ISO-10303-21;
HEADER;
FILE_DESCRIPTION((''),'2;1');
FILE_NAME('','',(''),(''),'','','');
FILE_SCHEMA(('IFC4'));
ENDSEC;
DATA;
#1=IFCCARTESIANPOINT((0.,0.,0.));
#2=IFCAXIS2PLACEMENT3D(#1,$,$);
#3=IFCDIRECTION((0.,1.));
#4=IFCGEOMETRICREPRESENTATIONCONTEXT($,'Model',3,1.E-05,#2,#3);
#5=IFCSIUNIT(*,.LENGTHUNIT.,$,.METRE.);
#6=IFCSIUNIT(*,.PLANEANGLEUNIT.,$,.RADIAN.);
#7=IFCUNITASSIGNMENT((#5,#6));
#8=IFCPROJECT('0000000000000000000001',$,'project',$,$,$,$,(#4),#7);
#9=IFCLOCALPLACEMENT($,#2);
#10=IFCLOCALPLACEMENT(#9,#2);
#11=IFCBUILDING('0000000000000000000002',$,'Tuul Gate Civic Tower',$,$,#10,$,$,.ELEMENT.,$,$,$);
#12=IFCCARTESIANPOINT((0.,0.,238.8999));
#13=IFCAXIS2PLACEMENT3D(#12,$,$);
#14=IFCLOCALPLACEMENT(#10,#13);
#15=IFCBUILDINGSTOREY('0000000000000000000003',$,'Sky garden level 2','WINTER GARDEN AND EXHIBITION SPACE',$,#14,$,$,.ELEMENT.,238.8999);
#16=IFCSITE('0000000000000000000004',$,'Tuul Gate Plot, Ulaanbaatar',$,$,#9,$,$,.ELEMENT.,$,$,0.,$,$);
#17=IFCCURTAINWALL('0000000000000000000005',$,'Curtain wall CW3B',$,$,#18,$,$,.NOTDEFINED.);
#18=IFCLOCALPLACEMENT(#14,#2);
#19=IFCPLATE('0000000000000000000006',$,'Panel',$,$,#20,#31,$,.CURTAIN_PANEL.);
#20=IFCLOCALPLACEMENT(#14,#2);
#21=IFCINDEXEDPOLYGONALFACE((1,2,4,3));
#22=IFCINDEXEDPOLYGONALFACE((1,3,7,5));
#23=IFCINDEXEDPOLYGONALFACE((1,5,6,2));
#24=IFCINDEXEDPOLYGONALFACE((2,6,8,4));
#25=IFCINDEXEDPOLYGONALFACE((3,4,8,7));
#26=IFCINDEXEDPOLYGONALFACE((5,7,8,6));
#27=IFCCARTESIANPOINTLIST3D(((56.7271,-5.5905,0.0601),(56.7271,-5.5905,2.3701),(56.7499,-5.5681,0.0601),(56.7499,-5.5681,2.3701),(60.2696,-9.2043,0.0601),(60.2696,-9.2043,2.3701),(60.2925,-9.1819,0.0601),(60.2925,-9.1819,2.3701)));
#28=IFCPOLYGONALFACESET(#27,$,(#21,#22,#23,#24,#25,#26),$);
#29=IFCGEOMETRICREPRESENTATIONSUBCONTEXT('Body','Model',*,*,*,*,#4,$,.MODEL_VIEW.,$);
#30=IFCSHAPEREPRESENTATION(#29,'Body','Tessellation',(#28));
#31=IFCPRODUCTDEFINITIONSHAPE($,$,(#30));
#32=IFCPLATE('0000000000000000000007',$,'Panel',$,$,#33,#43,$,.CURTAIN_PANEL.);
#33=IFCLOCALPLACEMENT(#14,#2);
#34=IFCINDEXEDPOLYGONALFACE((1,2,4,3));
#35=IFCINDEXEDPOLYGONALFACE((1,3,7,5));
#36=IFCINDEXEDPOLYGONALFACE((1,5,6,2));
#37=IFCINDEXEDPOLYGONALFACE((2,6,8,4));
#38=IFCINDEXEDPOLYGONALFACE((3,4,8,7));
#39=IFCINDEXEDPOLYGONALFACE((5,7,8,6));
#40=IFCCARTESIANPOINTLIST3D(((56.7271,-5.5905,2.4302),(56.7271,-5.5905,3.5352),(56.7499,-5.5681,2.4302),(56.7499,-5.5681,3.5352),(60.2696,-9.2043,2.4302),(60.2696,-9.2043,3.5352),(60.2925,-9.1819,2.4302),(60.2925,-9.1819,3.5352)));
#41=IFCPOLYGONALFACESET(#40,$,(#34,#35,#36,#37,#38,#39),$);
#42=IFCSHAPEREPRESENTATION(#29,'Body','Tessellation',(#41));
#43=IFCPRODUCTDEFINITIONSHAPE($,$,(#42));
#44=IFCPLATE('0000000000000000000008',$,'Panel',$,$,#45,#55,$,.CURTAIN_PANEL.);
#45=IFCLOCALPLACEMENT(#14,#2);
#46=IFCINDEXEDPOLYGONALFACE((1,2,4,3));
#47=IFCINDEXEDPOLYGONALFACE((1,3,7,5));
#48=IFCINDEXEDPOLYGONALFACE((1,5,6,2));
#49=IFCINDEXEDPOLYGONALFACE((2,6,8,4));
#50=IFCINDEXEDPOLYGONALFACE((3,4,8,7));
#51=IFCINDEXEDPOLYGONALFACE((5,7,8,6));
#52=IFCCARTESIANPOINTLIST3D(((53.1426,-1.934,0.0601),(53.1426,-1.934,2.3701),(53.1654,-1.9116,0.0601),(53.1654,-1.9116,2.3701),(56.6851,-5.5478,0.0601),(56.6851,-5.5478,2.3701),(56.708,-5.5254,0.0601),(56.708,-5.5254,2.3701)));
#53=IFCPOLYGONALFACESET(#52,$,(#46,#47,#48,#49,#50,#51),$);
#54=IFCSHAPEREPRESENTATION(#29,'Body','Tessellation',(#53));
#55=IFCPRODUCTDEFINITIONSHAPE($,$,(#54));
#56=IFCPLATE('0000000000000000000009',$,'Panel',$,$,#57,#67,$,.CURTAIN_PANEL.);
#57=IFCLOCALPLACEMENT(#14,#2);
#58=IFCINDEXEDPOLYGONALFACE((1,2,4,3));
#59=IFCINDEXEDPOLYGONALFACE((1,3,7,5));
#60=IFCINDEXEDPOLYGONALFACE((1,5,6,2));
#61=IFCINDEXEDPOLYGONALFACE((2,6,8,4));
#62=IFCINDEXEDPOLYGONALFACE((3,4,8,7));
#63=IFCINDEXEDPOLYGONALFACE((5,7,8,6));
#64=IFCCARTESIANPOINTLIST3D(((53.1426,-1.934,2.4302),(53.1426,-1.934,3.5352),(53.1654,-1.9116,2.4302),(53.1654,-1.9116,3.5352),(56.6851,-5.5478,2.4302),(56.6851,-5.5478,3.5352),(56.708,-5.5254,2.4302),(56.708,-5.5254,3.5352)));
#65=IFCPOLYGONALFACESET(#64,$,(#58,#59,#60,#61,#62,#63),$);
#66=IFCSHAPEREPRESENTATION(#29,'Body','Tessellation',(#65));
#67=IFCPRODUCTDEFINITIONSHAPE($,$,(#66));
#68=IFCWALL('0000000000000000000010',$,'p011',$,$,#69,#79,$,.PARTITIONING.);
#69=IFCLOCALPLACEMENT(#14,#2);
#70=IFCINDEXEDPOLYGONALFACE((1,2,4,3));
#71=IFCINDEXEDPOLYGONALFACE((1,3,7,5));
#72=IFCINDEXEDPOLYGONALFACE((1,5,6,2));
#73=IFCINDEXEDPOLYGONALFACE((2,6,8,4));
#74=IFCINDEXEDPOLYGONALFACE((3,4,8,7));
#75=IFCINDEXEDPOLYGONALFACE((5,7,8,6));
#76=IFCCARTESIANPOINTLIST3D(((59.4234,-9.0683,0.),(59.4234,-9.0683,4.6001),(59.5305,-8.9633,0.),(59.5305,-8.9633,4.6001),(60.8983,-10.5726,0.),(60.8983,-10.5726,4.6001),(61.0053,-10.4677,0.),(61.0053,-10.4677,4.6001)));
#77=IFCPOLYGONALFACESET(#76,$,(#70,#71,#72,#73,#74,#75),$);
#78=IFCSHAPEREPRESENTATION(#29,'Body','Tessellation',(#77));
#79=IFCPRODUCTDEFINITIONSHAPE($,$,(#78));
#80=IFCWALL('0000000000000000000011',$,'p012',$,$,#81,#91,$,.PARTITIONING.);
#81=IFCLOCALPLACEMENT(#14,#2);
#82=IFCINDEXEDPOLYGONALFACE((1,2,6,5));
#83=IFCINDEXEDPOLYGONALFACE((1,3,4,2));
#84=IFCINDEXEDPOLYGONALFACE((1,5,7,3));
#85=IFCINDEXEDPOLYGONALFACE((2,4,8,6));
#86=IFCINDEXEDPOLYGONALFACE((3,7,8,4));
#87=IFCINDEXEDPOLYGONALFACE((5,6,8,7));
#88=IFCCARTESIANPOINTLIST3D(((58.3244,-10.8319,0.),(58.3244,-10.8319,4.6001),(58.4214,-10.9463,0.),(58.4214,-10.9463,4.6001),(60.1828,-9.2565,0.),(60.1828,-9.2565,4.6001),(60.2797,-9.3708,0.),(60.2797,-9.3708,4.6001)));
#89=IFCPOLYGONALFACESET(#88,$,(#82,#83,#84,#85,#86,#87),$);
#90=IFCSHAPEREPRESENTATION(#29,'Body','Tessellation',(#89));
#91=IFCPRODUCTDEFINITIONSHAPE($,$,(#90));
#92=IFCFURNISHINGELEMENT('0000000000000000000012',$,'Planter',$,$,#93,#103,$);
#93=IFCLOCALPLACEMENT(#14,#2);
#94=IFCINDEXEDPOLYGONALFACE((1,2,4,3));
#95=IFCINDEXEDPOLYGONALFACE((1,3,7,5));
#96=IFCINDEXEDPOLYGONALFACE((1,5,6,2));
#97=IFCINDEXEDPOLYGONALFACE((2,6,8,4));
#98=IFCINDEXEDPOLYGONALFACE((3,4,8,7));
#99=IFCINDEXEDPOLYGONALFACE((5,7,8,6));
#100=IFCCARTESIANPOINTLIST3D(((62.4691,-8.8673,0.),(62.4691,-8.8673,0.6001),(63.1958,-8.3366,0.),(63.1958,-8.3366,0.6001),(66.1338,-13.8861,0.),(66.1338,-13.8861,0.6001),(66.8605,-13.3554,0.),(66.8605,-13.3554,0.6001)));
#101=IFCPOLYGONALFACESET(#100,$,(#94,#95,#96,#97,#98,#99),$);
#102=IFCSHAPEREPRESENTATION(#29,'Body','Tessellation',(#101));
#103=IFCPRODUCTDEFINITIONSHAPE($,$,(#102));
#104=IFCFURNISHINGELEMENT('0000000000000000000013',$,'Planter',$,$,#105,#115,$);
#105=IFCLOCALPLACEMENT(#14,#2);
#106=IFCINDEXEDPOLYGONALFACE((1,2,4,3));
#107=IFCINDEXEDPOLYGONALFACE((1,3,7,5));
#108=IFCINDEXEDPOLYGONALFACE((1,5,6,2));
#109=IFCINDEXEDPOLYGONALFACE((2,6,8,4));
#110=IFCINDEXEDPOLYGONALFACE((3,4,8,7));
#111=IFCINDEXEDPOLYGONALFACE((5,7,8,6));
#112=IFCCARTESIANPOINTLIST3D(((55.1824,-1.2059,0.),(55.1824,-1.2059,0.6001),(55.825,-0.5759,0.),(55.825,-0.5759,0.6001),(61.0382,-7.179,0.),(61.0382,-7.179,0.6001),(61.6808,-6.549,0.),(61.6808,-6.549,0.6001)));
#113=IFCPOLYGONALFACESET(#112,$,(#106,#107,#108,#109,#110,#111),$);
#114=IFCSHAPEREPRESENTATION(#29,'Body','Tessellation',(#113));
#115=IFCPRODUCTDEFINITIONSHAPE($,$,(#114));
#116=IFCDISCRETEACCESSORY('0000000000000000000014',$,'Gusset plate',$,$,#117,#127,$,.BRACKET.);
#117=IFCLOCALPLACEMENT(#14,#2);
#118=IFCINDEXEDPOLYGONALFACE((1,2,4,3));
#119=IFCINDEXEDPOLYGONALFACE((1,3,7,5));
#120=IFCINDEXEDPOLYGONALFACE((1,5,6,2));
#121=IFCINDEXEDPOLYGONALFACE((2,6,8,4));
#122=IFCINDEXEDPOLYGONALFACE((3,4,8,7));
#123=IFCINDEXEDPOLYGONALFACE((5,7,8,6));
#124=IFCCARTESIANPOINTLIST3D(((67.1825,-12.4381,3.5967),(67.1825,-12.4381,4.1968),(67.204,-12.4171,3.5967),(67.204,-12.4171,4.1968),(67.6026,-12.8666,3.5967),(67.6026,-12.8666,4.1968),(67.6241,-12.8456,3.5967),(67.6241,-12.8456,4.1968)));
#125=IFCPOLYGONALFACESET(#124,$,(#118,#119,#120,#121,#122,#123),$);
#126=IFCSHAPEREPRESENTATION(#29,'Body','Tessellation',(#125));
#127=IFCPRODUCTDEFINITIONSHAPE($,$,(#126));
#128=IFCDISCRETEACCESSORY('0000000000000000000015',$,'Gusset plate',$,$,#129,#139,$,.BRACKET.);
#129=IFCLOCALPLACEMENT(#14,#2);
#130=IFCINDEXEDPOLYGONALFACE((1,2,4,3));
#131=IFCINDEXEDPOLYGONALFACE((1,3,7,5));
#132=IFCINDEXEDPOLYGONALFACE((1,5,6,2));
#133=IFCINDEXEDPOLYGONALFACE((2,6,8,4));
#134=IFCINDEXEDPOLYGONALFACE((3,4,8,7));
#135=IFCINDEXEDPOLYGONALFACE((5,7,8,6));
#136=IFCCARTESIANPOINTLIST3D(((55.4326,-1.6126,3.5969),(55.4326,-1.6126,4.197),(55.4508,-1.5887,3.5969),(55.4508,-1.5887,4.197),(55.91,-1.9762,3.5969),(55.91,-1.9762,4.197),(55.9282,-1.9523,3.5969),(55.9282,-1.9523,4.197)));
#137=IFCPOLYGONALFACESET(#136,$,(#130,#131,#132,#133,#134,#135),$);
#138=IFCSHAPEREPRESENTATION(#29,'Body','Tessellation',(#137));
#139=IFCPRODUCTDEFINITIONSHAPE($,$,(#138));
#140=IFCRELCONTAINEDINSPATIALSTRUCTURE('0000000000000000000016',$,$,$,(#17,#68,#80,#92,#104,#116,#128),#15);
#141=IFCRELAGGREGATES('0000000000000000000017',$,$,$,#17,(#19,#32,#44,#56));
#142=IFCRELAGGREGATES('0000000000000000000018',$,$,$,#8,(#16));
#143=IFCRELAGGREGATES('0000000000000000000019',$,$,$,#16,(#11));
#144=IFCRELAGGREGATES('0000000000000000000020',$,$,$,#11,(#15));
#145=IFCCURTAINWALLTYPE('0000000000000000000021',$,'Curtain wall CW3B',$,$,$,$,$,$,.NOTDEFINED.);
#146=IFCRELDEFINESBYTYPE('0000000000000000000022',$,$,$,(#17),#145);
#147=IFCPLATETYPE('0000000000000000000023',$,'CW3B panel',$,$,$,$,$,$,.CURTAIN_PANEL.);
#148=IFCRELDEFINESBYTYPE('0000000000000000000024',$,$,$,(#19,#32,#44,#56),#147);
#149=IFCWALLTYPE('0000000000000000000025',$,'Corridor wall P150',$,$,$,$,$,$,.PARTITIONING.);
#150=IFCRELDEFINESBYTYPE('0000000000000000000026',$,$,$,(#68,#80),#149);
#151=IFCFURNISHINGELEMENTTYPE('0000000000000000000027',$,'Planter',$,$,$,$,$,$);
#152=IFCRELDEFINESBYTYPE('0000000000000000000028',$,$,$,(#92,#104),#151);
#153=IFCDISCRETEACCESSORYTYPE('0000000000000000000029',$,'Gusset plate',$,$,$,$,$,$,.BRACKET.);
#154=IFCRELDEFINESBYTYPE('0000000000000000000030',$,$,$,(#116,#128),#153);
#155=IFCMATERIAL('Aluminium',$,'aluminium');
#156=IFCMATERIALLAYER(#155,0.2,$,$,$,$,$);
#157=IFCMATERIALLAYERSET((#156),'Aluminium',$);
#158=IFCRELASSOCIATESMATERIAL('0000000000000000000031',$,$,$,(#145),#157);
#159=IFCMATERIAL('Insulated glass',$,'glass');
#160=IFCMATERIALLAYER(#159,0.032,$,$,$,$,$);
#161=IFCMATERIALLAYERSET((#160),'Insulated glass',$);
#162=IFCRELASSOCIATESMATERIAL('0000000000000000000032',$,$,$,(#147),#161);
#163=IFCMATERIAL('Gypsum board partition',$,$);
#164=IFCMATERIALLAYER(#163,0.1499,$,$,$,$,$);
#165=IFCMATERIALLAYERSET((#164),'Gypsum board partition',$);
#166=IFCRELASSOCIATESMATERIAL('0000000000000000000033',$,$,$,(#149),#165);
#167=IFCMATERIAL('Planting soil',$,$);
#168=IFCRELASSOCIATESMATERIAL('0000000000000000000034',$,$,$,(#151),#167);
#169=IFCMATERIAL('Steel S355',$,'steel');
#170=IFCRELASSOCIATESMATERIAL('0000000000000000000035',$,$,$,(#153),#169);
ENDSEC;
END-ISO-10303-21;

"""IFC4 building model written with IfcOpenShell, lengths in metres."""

from ifc_helpers import new_model, si_unit, direction, frame, frame_2d, origin, origin_2d, place, context, subcontext, project, spatial, rectangle, extrude, material, layer, layer_set, type_object, element, aggregate, save


model = new_model("IFC4")

# Units and contexts
model_context = context("Model", 3, precision=1e-05, world=origin(), true_north=direction((0.0, 1.0)))
body_context = subcontext(model_context, "Body", "Model", "MODEL_VIEW")
ifc_project = project(units=[si_unit("LENGTHUNIT", "METRE"), si_unit("PLANEANGLEUNIT", "RADIAN")], contexts=[model_context])

# Site, building, storey
site_placement = place(None, origin())
site = spatial("IfcSite", under=ifc_project, at=site_placement, Name="Tuul Gate Plot, Ulaanbaatar", CompositionType="ELEMENT", RefElevation=0.0)
building_placement = place(site_placement, origin())
building = spatial("IfcBuilding", under=site, at=building_placement, Name="Tuul Gate Civic Tower", CompositionType="ELEMENT")
storey_placement = place(building_placement, frame((0.0, 0.0, 238.8999)))
storey = spatial("IfcBuildingStorey", under=building, at=storey_placement, Name="Sky garden level 2", Description="WINTER GARDEN AND EXHIBITION SPACE", CompositionType="ELEMENT", Elevation=238.8999)

# Curtain wall
ifc_material_1 = material(Name="Aluminium", Category="aluminium")
ifc_layer_1 = layer(ifc_material_1, 0.2)
ifc_layer_set_1 = layer_set([ifc_layer_1], Name="Aluminium")
curtain_wall_type = type_object("IfcCurtainWallType", Name="Curtain wall CW3B", PredefinedType="NOTDEFINED", material=ifc_layer_set_1)
curtain_wall_placement = place(storey_placement, origin())
curtain_wall = element("IfcCurtainWall", 1, at=curtain_wall_placement, inside=storey, type_object=curtain_wall_type, Name="Curtain wall CW3B", PredefinedType="NOTDEFINED")

# Plates
ifc_material_2 = material(Name="Insulated glass", Category="glass")
ifc_layer_2 = layer(ifc_material_2, 0.032)
ifc_layer_set_2 = layer_set([ifc_layer_2], Name="Insulated glass")
plate_type = type_object("IfcPlateType", Name="CW3B panel", PredefinedType="CURTAIN_PANEL", material=ifc_layer_set_2)
plate_1_placement = place(storey_placement, frame((58.5098, -7.3862, 0.0601), z_axis=(0.0, 0.0, 1.0), x_axis=(-0.700034, 0.71411, 0.0)))
plate_1 = element("IfcPlate", 2, at=plate_1_placement, type_object=plate_type, Name="Panel", PredefinedType="CURTAIN_PANEL", context=body_context, shape_type="SweptSolid", body=[
    extrude(rectangle(XDim=5.0605, YDim=0.032, at=origin_2d()), origin(), (0.0, 0.0, 1.0), 2.3101),
])
plate_2_placement = place(storey_placement, frame((58.5098, -7.3862, 2.4302), z_axis=(0.0, 0.0, 1.0), x_axis=(-0.700034, 0.71411, 0.0)))
plate_2 = element("IfcPlate", 3, at=plate_2_placement, type_object=plate_type, Name="Panel", PredefinedType="CURTAIN_PANEL", context=body_context, shape_type="SweptSolid", body=[
    extrude(rectangle(XDim=5.0605, YDim=0.032, at=origin_2d()), origin(), (0.0, 0.0, 1.0), 1.105),
])
plate_3_placement = place(storey_placement, frame((54.9253, -3.7297, 0.0601), z_axis=(0.0, 0.0, 1.0), x_axis=(-0.700034, 0.71411, 0.0)))
plate_3 = element("IfcPlate", 4, at=plate_3_placement, type_object=plate_type, Name="Panel", PredefinedType="CURTAIN_PANEL", context=body_context, shape_type="SweptSolid", body=[
    extrude(rectangle(XDim=5.0605, YDim=0.032, at=origin_2d()), origin(), (0.0, 0.0, 1.0), 2.3101),
])
plate_4_placement = place(storey_placement, frame((54.9253, -3.7297, 2.4302), z_axis=(0.0, 0.0, 1.0), x_axis=(-0.700034, 0.71411, 0.0)))
plate_4 = element("IfcPlate", 5, at=plate_4_placement, type_object=plate_type, Name="Panel", PredefinedType="CURTAIN_PANEL", context=body_context, shape_type="SweptSolid", body=[
    extrude(rectangle(XDim=5.0605, YDim=0.032, at=origin_2d()), origin(), (0.0, 0.0, 1.0), 1.105),
])
aggregate(curtain_wall, [plate_1, plate_2, plate_3, plate_4])

# Walls
ifc_material_3 = material(Name="Gypsum board partition")
ifc_layer_3 = layer(ifc_material_3, 0.1499)
ifc_layer_set_3 = layer_set([ifc_layer_3], Name="Gypsum board partition")
wall_type = type_object("IfcWallType", Name="Corridor wall P150", PredefinedType="PARTITIONING", material=ifc_layer_set_3)
wall_1_placement = place(storey_placement, frame((59.4771, -9.0159, 0.0), z_axis=(0.0, 0.0, 1.0), x_axis=(0.700061, -0.714083, 0.0)))
element("IfcWall", 6, at=wall_1_placement, inside=storey, type_object=wall_type, Name="p011", PredefinedType="PARTITIONING", context=body_context, shape_type="SweptSolid", body=[
    extrude(rectangle(XDim=2.1067, YDim=0.1499, at=frame_2d((1.0532, 0.0))), origin(), (0.0, 0.0, 1.0), 4.6001),
])
wall_2_placement = place(storey_placement, frame((58.3728, -10.8892, 0.0), z_axis=(0.0, 0.0, 1.0), x_axis=(0.762789, 0.646647, 0.0)))
element("IfcWall", 7, at=wall_2_placement, inside=storey, type_object=wall_type, Name="p012", PredefinedType="PARTITIONING", context=body_context, shape_type="SweptSolid", body=[
    extrude(rectangle(XDim=2.4363, YDim=0.1499, at=frame_2d((1.2183, 0.0))), origin(), (0.0, 0.0, 1.0), 4.6001),
])

# Furnishing elements
ifc_material_4 = material(Name="Planting soil")
furnishing_element_type = type_object("IfcFurnishingElementType", Name="Planter", material=ifc_material_4)
furnishing_1_placement = place(storey_placement, frame((64.6648, -11.1113, 0.0), z_axis=(0.0, 0.0, 1.0), x_axis=(-0.589717, 0.80761, 0.0)))
element("IfcFurnishingElement", 8, at=furnishing_1_placement, inside=storey, type_object=furnishing_element_type, Name="Planter", context=body_context, shape_type="SweptSolid", body=[
    extrude(rectangle(XDim=6.2144, YDim=0.8999, at=origin_2d()), origin(), (0.0, 0.0, 1.0), 0.6001),
])
furnishing_2_placement = place(storey_placement, frame((58.4316, -3.8774, 0.0), z_axis=(0.0, 0.0, 1.0), x_axis=(-0.700058, 0.714086, 0.0)))
element("IfcFurnishingElement", 9, at=furnishing_2_placement, inside=storey, type_object=furnishing_element_type, Name="Planter", context=body_context, shape_type="SweptSolid", body=[
    extrude(rectangle(XDim=8.3647, YDim=0.8999, at=origin_2d()), origin(), (0.0, 0.0, 1.0), 0.6001),
])

# Discrete accessories
ifc_material_5 = material(Name="Steel S355", Category="steel")
discrete_accessory_type = type_object("IfcDiscreteAccessoryType", Name="Gusset plate", PredefinedType="BRACKET", material=ifc_material_5)
for number, where, z_axis, x_axis, name in (
    (10, (67.4033, -12.6418, 3.5967), (0.0, 0.0, 1.0), (-0.700048, 0.714096, 0.0), "Gusset plate"),
    (11, (55.6804, -1.7825, 3.5969), (0.0, 0.0, 1.0), (0.795584, -0.605843, 0.0), "Gusset plate"),
):
    element("IfcDiscreteAccessory", number, at=place(storey_placement, frame(where, z_axis=z_axis, x_axis=x_axis)), inside=storey, type_object=discrete_accessory_type, Name=name, PredefinedType="BRACKET", context=body_context, shape_type="SweptSolid", body=[
        extrude(rectangle(XDim=0.6001, YDim=0.03, at=origin_2d()), origin(), (0.0, 0.0, 1.0), 0.6001),
    ])

save(model, "model.ifc")
